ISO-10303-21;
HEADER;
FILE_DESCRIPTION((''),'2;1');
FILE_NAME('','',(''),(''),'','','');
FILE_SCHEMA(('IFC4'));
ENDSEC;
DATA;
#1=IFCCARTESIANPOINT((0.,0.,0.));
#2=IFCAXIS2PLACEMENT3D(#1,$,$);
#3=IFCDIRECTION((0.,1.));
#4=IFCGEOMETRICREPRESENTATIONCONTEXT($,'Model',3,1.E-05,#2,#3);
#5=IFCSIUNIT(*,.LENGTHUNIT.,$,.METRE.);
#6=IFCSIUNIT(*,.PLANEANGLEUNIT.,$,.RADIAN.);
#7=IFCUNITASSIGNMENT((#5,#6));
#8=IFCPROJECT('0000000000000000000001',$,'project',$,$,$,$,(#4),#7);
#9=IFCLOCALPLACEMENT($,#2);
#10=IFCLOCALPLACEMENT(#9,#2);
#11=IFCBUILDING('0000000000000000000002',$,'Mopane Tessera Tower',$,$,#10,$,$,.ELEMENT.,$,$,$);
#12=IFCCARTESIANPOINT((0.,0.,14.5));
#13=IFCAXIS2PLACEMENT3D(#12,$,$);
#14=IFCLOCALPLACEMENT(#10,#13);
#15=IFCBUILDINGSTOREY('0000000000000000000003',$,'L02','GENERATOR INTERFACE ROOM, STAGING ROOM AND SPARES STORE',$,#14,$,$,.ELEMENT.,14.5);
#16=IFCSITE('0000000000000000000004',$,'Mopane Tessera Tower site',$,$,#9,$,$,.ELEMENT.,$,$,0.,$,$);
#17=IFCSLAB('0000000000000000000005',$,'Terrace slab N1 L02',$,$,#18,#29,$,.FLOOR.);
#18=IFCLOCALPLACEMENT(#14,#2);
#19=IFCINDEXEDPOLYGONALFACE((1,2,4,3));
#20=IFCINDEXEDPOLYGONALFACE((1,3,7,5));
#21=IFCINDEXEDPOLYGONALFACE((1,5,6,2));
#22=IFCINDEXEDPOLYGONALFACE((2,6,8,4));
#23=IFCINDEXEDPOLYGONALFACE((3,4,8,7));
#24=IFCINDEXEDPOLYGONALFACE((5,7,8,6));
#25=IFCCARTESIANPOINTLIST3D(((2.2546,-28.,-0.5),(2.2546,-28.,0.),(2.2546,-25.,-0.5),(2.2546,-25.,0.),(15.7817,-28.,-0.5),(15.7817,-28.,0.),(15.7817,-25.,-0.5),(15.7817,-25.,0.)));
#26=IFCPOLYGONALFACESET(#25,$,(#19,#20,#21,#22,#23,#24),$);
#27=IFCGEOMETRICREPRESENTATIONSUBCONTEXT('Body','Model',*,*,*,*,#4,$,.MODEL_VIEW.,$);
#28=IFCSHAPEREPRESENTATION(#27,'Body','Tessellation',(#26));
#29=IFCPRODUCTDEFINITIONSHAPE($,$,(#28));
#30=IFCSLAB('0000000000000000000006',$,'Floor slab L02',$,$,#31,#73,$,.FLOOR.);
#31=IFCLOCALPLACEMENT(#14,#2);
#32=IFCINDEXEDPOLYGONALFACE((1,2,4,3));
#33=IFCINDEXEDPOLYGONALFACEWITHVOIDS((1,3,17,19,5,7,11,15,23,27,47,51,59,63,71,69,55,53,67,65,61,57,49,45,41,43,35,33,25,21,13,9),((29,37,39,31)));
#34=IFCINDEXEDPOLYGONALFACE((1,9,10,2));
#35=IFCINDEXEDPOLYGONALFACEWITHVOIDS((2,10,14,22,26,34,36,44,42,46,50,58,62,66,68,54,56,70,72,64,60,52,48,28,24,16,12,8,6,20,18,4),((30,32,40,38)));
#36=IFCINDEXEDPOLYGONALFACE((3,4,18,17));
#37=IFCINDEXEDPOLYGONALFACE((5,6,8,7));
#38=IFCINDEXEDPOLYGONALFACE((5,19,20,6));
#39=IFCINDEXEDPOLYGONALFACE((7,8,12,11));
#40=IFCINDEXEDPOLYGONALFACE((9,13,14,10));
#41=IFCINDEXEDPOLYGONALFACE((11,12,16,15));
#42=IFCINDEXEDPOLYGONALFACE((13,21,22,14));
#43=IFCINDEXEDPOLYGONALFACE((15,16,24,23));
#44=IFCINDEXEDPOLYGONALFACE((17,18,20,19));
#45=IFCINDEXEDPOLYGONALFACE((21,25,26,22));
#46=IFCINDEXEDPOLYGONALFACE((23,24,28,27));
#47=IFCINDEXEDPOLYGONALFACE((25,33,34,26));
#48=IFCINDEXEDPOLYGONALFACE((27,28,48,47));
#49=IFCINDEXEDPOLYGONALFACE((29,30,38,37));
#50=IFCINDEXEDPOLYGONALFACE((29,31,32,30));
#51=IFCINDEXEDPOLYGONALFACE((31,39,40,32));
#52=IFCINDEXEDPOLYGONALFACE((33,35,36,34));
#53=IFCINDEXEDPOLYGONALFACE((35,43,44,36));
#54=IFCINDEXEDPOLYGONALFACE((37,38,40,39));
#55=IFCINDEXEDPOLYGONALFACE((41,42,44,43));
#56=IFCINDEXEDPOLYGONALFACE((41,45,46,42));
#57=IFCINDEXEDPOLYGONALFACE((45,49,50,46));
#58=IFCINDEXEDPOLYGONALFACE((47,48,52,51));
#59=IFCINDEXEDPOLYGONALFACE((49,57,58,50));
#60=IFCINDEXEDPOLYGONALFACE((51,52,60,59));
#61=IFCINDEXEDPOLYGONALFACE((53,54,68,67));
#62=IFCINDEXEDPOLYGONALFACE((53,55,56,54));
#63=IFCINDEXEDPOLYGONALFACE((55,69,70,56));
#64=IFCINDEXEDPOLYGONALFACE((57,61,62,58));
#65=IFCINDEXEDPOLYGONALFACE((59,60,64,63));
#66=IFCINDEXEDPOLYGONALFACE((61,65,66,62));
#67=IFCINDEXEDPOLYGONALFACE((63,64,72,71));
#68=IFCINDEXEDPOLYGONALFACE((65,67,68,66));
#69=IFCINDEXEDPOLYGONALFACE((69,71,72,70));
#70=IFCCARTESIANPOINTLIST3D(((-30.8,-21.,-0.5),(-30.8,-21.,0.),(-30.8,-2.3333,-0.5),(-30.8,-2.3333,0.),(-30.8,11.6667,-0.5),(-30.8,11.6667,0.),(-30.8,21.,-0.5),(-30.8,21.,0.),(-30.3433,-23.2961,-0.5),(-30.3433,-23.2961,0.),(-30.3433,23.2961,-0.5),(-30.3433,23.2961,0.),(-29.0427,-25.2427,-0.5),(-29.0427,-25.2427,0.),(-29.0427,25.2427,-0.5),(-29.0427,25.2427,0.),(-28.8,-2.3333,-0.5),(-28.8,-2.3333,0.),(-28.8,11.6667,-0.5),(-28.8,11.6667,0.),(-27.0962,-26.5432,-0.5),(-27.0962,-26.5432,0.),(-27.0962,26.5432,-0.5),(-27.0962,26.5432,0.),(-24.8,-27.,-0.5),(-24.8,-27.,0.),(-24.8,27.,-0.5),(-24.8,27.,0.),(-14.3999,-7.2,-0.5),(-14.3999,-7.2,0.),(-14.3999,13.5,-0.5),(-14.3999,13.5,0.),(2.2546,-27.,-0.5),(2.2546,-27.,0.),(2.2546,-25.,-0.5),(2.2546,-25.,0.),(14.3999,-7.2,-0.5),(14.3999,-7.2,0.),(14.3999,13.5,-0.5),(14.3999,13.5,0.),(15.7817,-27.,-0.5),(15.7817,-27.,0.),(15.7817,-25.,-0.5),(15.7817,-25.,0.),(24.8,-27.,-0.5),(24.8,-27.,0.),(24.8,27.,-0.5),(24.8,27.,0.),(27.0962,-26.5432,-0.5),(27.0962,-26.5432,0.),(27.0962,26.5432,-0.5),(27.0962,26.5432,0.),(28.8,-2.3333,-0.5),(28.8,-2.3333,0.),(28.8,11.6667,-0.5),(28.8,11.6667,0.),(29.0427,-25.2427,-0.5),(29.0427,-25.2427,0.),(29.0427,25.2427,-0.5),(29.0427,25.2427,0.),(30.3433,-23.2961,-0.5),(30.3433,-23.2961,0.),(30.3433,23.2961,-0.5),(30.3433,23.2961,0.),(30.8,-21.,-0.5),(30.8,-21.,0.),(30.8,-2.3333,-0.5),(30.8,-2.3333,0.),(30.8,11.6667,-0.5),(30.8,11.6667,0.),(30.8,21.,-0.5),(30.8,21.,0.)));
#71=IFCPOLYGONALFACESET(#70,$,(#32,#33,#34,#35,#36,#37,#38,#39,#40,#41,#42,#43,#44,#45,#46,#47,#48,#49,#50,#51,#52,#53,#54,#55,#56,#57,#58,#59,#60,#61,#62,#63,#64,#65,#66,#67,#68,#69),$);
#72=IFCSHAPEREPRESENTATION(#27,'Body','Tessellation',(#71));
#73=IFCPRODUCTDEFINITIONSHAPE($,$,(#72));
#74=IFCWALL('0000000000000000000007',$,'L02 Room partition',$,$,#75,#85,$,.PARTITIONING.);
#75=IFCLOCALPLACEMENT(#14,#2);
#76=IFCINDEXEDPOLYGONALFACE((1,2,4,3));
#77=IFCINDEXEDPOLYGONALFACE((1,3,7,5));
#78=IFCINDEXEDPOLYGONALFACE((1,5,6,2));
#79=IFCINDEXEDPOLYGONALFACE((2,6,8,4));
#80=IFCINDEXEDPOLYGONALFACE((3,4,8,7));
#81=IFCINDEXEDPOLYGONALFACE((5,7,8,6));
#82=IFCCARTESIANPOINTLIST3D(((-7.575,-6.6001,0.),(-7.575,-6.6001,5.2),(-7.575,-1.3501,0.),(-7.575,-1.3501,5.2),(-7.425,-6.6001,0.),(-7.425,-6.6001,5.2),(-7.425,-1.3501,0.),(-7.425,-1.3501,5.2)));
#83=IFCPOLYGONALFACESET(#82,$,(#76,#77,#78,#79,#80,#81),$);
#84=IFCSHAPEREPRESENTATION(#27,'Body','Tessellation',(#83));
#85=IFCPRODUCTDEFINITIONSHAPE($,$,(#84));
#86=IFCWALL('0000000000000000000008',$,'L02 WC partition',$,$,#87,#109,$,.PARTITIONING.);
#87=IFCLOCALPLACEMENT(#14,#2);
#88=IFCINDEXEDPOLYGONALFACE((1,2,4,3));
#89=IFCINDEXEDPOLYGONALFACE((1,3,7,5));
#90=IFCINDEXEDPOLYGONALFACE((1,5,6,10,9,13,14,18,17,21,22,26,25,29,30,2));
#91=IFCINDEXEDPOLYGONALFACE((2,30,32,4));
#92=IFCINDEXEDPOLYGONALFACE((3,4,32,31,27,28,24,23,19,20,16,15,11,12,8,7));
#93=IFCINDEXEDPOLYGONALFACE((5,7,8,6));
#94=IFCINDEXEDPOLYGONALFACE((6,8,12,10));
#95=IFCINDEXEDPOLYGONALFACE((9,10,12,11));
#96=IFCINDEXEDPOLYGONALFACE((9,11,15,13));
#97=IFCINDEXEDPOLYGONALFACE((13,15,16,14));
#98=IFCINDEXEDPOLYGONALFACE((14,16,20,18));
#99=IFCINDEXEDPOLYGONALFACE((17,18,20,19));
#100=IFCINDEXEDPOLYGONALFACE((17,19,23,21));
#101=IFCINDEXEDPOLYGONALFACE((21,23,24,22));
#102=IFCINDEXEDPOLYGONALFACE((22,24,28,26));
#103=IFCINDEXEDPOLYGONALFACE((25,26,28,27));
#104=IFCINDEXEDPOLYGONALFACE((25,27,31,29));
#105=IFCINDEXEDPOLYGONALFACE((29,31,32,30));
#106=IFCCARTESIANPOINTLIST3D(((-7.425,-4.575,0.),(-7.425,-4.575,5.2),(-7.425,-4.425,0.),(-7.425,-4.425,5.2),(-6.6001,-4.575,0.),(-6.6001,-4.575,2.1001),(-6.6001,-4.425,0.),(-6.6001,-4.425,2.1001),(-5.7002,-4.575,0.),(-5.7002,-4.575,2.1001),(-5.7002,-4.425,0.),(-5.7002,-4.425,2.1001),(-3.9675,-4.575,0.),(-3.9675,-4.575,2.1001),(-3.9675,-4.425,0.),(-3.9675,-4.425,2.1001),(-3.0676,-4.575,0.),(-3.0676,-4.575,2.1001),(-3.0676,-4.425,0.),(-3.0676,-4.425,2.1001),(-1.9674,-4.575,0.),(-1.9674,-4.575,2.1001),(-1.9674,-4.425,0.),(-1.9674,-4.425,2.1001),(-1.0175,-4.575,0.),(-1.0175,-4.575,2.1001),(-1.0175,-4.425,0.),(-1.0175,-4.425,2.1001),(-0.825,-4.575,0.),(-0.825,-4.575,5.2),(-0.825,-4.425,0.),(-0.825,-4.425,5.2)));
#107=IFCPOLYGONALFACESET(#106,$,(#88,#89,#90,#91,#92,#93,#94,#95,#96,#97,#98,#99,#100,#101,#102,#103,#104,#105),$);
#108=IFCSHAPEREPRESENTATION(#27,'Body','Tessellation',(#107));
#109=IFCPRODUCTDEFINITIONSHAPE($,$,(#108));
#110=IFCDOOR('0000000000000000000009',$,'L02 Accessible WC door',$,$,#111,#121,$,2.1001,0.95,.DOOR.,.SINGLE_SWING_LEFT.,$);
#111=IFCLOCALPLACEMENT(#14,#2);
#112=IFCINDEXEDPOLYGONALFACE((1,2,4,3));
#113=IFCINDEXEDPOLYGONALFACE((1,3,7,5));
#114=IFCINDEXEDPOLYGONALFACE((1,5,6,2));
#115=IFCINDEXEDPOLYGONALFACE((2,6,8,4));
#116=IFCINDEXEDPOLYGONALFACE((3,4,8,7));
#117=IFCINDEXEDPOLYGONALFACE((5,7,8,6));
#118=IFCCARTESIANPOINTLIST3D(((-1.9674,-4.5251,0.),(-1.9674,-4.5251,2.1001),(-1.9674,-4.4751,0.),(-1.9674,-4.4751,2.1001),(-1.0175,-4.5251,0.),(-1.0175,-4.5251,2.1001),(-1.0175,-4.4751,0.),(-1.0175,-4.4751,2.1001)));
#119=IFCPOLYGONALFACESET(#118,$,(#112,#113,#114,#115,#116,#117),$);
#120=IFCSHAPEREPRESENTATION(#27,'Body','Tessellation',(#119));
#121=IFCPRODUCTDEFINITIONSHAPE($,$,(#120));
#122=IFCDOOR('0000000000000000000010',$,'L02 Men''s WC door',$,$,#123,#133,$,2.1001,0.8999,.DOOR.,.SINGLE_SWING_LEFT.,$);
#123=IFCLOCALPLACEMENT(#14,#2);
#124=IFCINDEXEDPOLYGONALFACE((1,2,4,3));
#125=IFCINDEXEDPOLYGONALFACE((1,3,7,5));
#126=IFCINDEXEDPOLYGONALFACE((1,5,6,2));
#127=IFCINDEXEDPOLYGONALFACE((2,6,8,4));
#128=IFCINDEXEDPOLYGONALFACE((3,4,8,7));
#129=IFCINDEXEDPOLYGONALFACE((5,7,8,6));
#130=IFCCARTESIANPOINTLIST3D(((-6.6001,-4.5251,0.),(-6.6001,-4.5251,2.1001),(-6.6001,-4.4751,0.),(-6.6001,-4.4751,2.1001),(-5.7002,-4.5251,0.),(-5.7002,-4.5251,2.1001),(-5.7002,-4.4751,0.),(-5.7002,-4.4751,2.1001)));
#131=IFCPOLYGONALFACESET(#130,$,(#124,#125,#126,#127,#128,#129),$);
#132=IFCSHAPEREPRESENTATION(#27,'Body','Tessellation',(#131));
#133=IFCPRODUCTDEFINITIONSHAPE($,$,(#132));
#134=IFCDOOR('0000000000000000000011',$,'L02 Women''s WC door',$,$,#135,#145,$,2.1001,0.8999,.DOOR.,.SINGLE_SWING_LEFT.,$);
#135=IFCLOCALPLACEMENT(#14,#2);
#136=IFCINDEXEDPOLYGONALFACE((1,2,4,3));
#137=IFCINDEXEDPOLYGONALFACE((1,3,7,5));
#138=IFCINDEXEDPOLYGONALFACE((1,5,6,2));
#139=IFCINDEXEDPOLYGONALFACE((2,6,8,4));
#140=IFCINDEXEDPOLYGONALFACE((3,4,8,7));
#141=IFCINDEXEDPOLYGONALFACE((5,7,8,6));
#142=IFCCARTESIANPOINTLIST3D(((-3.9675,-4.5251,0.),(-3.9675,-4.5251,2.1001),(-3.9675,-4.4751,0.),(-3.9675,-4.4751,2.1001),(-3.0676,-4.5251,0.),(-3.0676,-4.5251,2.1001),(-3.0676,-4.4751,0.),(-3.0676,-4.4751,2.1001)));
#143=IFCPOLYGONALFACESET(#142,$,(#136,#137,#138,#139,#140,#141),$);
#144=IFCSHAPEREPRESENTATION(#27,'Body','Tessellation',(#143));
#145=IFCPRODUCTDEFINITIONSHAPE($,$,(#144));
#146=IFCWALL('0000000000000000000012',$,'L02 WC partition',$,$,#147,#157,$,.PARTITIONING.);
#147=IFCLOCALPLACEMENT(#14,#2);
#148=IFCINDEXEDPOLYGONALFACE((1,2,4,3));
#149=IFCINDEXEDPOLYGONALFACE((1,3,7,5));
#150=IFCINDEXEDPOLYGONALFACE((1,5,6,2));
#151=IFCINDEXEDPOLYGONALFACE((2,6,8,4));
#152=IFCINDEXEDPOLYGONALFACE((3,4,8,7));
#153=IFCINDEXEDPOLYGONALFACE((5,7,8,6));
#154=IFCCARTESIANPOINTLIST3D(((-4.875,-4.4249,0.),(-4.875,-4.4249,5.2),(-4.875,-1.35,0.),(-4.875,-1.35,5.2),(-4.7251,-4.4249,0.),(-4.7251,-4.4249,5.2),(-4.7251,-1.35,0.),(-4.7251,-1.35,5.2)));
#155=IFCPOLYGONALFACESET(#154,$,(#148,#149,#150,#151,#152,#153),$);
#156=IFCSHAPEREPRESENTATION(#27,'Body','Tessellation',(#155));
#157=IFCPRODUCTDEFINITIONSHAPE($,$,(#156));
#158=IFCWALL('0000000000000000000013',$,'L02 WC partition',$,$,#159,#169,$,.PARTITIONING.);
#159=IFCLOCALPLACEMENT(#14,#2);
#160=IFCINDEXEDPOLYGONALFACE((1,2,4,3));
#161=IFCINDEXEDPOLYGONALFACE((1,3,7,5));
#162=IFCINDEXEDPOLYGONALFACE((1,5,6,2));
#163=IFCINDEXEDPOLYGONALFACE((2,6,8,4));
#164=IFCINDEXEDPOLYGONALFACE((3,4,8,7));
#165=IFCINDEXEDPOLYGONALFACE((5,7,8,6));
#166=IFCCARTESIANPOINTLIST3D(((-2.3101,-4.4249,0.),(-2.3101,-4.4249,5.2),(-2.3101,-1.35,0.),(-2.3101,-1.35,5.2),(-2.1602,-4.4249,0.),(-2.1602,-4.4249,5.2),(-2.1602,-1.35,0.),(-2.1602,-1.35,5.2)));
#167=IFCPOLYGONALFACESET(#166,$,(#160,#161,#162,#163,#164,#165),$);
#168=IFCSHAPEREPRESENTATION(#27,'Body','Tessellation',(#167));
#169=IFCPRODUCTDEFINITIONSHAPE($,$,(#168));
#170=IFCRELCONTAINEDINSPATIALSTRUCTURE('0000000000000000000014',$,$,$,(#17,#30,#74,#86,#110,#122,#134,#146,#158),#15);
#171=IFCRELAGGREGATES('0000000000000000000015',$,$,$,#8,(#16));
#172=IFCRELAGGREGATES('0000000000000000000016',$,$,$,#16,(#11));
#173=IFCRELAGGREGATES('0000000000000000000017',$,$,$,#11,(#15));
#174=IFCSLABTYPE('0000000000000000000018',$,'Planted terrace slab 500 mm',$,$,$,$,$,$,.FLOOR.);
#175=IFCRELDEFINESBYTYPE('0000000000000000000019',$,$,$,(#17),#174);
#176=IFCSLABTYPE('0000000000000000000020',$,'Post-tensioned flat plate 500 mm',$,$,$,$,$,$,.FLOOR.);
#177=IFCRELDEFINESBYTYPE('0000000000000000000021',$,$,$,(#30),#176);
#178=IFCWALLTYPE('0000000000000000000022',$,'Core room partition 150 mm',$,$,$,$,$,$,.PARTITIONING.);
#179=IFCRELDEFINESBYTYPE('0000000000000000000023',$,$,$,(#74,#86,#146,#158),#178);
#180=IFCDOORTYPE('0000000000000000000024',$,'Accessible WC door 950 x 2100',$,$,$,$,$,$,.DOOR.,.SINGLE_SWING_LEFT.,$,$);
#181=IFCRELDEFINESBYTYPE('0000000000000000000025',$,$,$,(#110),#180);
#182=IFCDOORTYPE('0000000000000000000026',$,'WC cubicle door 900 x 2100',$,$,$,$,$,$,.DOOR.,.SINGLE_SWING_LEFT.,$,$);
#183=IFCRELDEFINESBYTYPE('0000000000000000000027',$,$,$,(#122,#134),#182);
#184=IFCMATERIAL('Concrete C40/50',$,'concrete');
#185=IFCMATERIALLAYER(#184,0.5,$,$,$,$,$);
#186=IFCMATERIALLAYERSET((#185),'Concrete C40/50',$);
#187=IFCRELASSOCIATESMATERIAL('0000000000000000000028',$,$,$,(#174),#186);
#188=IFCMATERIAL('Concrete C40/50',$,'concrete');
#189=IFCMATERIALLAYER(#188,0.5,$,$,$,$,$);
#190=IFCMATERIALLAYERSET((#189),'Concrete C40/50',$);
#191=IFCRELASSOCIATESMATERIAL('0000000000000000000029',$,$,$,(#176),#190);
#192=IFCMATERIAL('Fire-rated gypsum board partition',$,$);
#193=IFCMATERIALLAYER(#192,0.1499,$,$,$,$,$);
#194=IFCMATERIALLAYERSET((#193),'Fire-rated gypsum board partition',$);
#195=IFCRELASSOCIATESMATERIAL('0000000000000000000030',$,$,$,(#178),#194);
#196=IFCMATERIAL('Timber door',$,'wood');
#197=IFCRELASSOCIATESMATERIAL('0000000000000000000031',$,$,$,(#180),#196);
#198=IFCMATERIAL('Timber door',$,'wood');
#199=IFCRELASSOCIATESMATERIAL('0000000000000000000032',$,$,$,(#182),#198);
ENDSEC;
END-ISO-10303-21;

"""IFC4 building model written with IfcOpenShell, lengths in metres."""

from ifc_helpers import new_model, si_unit, direction, frame, frame_2d, origin, place, context, subcontext, project, spatial, polyline, rectangle, outline, extrude, material, layer, layer_set, type_object, element, fill, save


model = new_model("IFC4")

# Units and contexts
model_context = context("Model", 3, precision=1e-05, world=origin(), true_north=direction((0.0, 1.0)))
body_context = subcontext(model_context, "Body", "Model", "MODEL_VIEW")
ifc_project = project(units=[si_unit("LENGTHUNIT", "METRE"), si_unit("PLANEANGLEUNIT", "RADIAN")], contexts=[model_context])

# Site, building, storey
site_placement = place(None, origin())
site = spatial("IfcSite", under=ifc_project, at=site_placement, Name="Mopane Tessera Tower site", CompositionType="ELEMENT", RefElevation=0.0)
building_placement = place(site_placement, origin())
building = spatial("IfcBuilding", under=site, at=building_placement, Name="Mopane Tessera Tower", CompositionType="ELEMENT")
storey_placement = place(building_placement, frame((0.0, 0.0, 14.5)))
storey = spatial("IfcBuildingStorey", under=building, at=storey_placement, Name="L02", Description="GENERATOR INTERFACE ROOM, STAGING ROOM AND SPARES STORE", CompositionType="ELEMENT", Elevation=14.5)

# Slabs
ifc_material_1 = material(Name="Concrete C40/50", Category="concrete")
ifc_layer_1 = layer(ifc_material_1, 0.5)
ifc_layer_set_1 = layer_set([ifc_layer_1], Name="Concrete C40/50")
slab_type_1 = type_object("IfcSlabType", Name="Planted terrace slab 500 mm", PredefinedType="FLOOR", material=ifc_layer_set_1)
slab_1_placement = place(storey_placement, frame((0.0, 0.0, -0.5)))
element("IfcSlab", 1, at=slab_1_placement, inside=storey, type_object=slab_type_1, Name="Terrace slab N1 L02", PredefinedType="FLOOR", context=body_context, shape_type="SweptSolid", body=[
    extrude(outline(polyline([(15.7817, -28.0), (15.7817, -25.0), (2.2546, -25.0), (2.2546, -28.0), (15.7817, -28.0)])), origin(), (0.0, 0.0, 1.0), 0.5),
])
ifc_material_2 = material(Name="Concrete C40/50", Category="concrete")
ifc_layer_2 = layer(ifc_material_2, 0.5)
ifc_layer_set_2 = layer_set([ifc_layer_2], Name="Concrete C40/50")
slab_type_2 = type_object("IfcSlabType", Name="Post-tensioned flat plate 500 mm", PredefinedType="FLOOR", material=ifc_layer_set_2)
slab_2_placement = place(storey_placement, frame((0.0, 0.0, -0.5)))
element("IfcSlab", 2, at=slab_2_placement, inside=storey, type_object=slab_type_2, Name="Floor slab L02", PredefinedType="FLOOR", context=body_context, shape_type="SweptSolid", body=[
    extrude(outline(polyline([(-24.8, -27.0), (2.2546, -27.0), (2.2546, -25.0), (15.7817, -25.0), (15.7817, -27.0), (24.8, -27.0), (27.0962, -26.5432), (29.0427, -25.2427), (30.3433, -23.2961), (30.8, -21.0), (30.8, -2.3333), (28.8, -2.3333), (28.8, 11.6667), (30.8, 11.6667), (30.8, 21.0), (30.3433, 23.2961), (29.0427, 25.2427), (27.0962, 26.5432), (24.8, 27.0), (-24.8, 27.0), (-27.0962, 26.5432), (-29.0427, 25.2427), (-30.3433, 23.2961), (-30.8, 21.0), (-30.8, 11.6667), (-28.8, 11.6667), (-28.8, -2.3333), (-30.8, -2.3333), (-30.8, -21.0), (-30.3433, -23.2961), (-29.0427, -25.2427), (-27.0962, -26.5432), (-24.8, -27.0)]), holes=[polyline([(14.3999, -7.2), (-14.3999, -7.2), (-14.3999, 13.5), (14.3999, 13.5), (14.3999, -7.2)])]), origin(), (0.0, 0.0, 1.0), 0.5),
])

# Wall
ifc_material_3 = material(Name="Fire-rated gypsum board partition")
ifc_layer_3 = layer(ifc_material_3, 0.1499)
ifc_layer_set_3 = layer_set([ifc_layer_3], Name="Fire-rated gypsum board partition")
wall_type_1 = type_object("IfcWallType", Name="Core room partition 150 mm", PredefinedType="PARTITIONING", material=ifc_layer_set_3)
wall_1_placement = place(storey_placement, frame((-7.5, -6.6001, 0.0), z_axis=(0.0, 0.0, 1.0), x_axis=(0.0, 1.0, 0.0)))
element("IfcWall", 3, at=wall_1_placement, inside=storey, type_object=wall_type_1, Name="L02 Room partition", PredefinedType="PARTITIONING", context=body_context, shape_type="SweptSolid", body=[
    extrude(rectangle(XDim=5.25, YDim=0.1499, at=frame_2d((2.625, 0.0))), origin(), (0.0, 0.0, 1.0), 5.2),
])

# Wall, openings, doors
wall_2_placement = place(storey_placement, frame((-7.425, -4.5, 0.0), z_axis=(0.0, 0.0, 1.0), x_axis=(1.0, 0.0, 0.0)))
wall_2 = element("IfcWall", 4, at=wall_2_placement, inside=storey, type_object=wall_type_1, Name="L02 WC partition", PredefinedType="PARTITIONING", context=body_context, shape_type="SweptSolid", body=[
    extrude(rectangle(XDim=6.6001, YDim=0.1499, at=frame_2d((3.3, 0.0))), origin(), (0.0, 0.0, 1.0), 5.2),
])
opening_1_placement = place(wall_2_placement, frame((0.825, 0.0, 0.0)))
opening_1 = element("IfcOpeningElement", 5, at=opening_1_placement, cuts=wall_2, PredefinedType="OPENING", context=body_context, shape_type="SweptSolid", body=[
    extrude(rectangle(XDim=0.8999, YDim=2.1001, at=frame_2d((0.45, 1.05))), frame((0.0, 0.0869, 0.0), z_axis=(0.0, -1.0, 0.0), x_axis=(1.0, 0.0, 0.0)), (0.0, 0.0, 1.0), 0.1738),
])
opening_2_placement = place(wall_2_placement, frame((3.4575, 0.0, 0.0)))
opening_2 = element("IfcOpeningElement", 6, at=opening_2_placement, cuts=wall_2, PredefinedType="OPENING", context=body_context, shape_type="SweptSolid", body=[
    extrude(rectangle(XDim=0.8999, YDim=2.1001, at=frame_2d((0.45, 1.05))), frame((0.0, 0.0869, 0.0), z_axis=(0.0, -1.0, 0.0), x_axis=(1.0, 0.0, 0.0)), (0.0, 0.0, 1.0), 0.1738),
])
opening_3_placement = place(wall_2_placement, frame((5.4575, 0.0, 0.0)))
opening_3 = element("IfcOpeningElement", 7, at=opening_3_placement, cuts=wall_2, PredefinedType="OPENING", context=body_context, shape_type="SweptSolid", body=[
    extrude(rectangle(XDim=0.95, YDim=2.1001, at=frame_2d((0.4751, 1.05))), frame((0.0, 0.0869, 0.0), z_axis=(0.0, -1.0, 0.0), x_axis=(1.0, 0.0, 0.0)), (0.0, 0.0, 1.0), 0.1738),
])
ifc_material_4 = material(Name="Timber door", Category="wood")
door_type_1 = type_object("IfcDoorType", Name="Accessible WC door 950 x 2100", OperationType="SINGLE_SWING_LEFT", PredefinedType="DOOR", material=ifc_material_4)
door_1_placement = place(opening_3_placement, origin())
door_1 = element("IfcDoor", 8, at=door_1_placement, inside=storey, type_object=door_type_1, Name="L02 Accessible WC door", OperationType="SINGLE_SWING_LEFT", OverallHeight=2.1001, OverallWidth=0.95, PredefinedType="DOOR", context=body_context, shape_type="SweptSolid", body=[
    extrude(rectangle(XDim=0.95, YDim=2.1001, at=frame_2d((0.4751, 1.05))), frame((0.0, 0.0249, 0.0), z_axis=(0.0, -1.0, 0.0), x_axis=(1.0, 0.0, 0.0)), (0.0, 0.0, 1.0), 0.05),
])
fill(opening_3, door_1)
ifc_material_5 = material(Name="Timber door", Category="wood")
door_type_2 = type_object("IfcDoorType", Name="WC cubicle door 900 x 2100", OperationType="SINGLE_SWING_LEFT", PredefinedType="DOOR", material=ifc_material_5)
door_2_placement = place(opening_1_placement, origin())
door_2 = element("IfcDoor", 9, at=door_2_placement, inside=storey, type_object=door_type_2, Name="L02 Men's WC door", OperationType="SINGLE_SWING_LEFT", OverallHeight=2.1001, OverallWidth=0.8999, PredefinedType="DOOR", context=body_context, shape_type="SweptSolid", body=[
    extrude(rectangle(XDim=0.8999, YDim=2.1001, at=frame_2d((0.45, 1.05))), frame((0.0, 0.0249, 0.0), z_axis=(0.0, -1.0, 0.0), x_axis=(1.0, 0.0, 0.0)), (0.0, 0.0, 1.0), 0.05),
])
fill(opening_1, door_2)
door_3_placement = place(opening_2_placement, origin())
door_3 = element("IfcDoor", 10, at=door_3_placement, inside=storey, type_object=door_type_2, Name="L02 Women's WC door", OperationType="SINGLE_SWING_LEFT", OverallHeight=2.1001, OverallWidth=0.8999, PredefinedType="DOOR", context=body_context, shape_type="SweptSolid", body=[
    extrude(rectangle(XDim=0.8999, YDim=2.1001, at=frame_2d((0.45, 1.05))), frame((0.0, 0.0249, 0.0), z_axis=(0.0, -1.0, 0.0), x_axis=(1.0, 0.0, 0.0)), (0.0, 0.0, 1.0), 0.05),
])
fill(opening_2, door_3)

# Walls
for number, where, z_axis, x_axis, name in (
    (11, (-4.8, -4.425, 0.0), (0.0, 0.0, 1.0), (0.0, 1.0, 0.0), "L02 WC partition"),
    (12, (-2.2351, -4.425, 0.0), (0.0, 0.0, 1.0), (0.0, 1.0, 0.0), "L02 WC partition"),
):
    element("IfcWall", number, at=place(storey_placement, frame(where, z_axis=z_axis, x_axis=x_axis)), inside=storey, type_object=wall_type_1, Name=name, PredefinedType="PARTITIONING", context=body_context, shape_type="SweptSolid", body=[
        extrude(rectangle(XDim=3.075, YDim=0.1499, at=frame_2d((1.5376, 0.0))), origin(), (0.0, 0.0, 1.0), 5.2),
    ])

save(model, "model.ifc")
